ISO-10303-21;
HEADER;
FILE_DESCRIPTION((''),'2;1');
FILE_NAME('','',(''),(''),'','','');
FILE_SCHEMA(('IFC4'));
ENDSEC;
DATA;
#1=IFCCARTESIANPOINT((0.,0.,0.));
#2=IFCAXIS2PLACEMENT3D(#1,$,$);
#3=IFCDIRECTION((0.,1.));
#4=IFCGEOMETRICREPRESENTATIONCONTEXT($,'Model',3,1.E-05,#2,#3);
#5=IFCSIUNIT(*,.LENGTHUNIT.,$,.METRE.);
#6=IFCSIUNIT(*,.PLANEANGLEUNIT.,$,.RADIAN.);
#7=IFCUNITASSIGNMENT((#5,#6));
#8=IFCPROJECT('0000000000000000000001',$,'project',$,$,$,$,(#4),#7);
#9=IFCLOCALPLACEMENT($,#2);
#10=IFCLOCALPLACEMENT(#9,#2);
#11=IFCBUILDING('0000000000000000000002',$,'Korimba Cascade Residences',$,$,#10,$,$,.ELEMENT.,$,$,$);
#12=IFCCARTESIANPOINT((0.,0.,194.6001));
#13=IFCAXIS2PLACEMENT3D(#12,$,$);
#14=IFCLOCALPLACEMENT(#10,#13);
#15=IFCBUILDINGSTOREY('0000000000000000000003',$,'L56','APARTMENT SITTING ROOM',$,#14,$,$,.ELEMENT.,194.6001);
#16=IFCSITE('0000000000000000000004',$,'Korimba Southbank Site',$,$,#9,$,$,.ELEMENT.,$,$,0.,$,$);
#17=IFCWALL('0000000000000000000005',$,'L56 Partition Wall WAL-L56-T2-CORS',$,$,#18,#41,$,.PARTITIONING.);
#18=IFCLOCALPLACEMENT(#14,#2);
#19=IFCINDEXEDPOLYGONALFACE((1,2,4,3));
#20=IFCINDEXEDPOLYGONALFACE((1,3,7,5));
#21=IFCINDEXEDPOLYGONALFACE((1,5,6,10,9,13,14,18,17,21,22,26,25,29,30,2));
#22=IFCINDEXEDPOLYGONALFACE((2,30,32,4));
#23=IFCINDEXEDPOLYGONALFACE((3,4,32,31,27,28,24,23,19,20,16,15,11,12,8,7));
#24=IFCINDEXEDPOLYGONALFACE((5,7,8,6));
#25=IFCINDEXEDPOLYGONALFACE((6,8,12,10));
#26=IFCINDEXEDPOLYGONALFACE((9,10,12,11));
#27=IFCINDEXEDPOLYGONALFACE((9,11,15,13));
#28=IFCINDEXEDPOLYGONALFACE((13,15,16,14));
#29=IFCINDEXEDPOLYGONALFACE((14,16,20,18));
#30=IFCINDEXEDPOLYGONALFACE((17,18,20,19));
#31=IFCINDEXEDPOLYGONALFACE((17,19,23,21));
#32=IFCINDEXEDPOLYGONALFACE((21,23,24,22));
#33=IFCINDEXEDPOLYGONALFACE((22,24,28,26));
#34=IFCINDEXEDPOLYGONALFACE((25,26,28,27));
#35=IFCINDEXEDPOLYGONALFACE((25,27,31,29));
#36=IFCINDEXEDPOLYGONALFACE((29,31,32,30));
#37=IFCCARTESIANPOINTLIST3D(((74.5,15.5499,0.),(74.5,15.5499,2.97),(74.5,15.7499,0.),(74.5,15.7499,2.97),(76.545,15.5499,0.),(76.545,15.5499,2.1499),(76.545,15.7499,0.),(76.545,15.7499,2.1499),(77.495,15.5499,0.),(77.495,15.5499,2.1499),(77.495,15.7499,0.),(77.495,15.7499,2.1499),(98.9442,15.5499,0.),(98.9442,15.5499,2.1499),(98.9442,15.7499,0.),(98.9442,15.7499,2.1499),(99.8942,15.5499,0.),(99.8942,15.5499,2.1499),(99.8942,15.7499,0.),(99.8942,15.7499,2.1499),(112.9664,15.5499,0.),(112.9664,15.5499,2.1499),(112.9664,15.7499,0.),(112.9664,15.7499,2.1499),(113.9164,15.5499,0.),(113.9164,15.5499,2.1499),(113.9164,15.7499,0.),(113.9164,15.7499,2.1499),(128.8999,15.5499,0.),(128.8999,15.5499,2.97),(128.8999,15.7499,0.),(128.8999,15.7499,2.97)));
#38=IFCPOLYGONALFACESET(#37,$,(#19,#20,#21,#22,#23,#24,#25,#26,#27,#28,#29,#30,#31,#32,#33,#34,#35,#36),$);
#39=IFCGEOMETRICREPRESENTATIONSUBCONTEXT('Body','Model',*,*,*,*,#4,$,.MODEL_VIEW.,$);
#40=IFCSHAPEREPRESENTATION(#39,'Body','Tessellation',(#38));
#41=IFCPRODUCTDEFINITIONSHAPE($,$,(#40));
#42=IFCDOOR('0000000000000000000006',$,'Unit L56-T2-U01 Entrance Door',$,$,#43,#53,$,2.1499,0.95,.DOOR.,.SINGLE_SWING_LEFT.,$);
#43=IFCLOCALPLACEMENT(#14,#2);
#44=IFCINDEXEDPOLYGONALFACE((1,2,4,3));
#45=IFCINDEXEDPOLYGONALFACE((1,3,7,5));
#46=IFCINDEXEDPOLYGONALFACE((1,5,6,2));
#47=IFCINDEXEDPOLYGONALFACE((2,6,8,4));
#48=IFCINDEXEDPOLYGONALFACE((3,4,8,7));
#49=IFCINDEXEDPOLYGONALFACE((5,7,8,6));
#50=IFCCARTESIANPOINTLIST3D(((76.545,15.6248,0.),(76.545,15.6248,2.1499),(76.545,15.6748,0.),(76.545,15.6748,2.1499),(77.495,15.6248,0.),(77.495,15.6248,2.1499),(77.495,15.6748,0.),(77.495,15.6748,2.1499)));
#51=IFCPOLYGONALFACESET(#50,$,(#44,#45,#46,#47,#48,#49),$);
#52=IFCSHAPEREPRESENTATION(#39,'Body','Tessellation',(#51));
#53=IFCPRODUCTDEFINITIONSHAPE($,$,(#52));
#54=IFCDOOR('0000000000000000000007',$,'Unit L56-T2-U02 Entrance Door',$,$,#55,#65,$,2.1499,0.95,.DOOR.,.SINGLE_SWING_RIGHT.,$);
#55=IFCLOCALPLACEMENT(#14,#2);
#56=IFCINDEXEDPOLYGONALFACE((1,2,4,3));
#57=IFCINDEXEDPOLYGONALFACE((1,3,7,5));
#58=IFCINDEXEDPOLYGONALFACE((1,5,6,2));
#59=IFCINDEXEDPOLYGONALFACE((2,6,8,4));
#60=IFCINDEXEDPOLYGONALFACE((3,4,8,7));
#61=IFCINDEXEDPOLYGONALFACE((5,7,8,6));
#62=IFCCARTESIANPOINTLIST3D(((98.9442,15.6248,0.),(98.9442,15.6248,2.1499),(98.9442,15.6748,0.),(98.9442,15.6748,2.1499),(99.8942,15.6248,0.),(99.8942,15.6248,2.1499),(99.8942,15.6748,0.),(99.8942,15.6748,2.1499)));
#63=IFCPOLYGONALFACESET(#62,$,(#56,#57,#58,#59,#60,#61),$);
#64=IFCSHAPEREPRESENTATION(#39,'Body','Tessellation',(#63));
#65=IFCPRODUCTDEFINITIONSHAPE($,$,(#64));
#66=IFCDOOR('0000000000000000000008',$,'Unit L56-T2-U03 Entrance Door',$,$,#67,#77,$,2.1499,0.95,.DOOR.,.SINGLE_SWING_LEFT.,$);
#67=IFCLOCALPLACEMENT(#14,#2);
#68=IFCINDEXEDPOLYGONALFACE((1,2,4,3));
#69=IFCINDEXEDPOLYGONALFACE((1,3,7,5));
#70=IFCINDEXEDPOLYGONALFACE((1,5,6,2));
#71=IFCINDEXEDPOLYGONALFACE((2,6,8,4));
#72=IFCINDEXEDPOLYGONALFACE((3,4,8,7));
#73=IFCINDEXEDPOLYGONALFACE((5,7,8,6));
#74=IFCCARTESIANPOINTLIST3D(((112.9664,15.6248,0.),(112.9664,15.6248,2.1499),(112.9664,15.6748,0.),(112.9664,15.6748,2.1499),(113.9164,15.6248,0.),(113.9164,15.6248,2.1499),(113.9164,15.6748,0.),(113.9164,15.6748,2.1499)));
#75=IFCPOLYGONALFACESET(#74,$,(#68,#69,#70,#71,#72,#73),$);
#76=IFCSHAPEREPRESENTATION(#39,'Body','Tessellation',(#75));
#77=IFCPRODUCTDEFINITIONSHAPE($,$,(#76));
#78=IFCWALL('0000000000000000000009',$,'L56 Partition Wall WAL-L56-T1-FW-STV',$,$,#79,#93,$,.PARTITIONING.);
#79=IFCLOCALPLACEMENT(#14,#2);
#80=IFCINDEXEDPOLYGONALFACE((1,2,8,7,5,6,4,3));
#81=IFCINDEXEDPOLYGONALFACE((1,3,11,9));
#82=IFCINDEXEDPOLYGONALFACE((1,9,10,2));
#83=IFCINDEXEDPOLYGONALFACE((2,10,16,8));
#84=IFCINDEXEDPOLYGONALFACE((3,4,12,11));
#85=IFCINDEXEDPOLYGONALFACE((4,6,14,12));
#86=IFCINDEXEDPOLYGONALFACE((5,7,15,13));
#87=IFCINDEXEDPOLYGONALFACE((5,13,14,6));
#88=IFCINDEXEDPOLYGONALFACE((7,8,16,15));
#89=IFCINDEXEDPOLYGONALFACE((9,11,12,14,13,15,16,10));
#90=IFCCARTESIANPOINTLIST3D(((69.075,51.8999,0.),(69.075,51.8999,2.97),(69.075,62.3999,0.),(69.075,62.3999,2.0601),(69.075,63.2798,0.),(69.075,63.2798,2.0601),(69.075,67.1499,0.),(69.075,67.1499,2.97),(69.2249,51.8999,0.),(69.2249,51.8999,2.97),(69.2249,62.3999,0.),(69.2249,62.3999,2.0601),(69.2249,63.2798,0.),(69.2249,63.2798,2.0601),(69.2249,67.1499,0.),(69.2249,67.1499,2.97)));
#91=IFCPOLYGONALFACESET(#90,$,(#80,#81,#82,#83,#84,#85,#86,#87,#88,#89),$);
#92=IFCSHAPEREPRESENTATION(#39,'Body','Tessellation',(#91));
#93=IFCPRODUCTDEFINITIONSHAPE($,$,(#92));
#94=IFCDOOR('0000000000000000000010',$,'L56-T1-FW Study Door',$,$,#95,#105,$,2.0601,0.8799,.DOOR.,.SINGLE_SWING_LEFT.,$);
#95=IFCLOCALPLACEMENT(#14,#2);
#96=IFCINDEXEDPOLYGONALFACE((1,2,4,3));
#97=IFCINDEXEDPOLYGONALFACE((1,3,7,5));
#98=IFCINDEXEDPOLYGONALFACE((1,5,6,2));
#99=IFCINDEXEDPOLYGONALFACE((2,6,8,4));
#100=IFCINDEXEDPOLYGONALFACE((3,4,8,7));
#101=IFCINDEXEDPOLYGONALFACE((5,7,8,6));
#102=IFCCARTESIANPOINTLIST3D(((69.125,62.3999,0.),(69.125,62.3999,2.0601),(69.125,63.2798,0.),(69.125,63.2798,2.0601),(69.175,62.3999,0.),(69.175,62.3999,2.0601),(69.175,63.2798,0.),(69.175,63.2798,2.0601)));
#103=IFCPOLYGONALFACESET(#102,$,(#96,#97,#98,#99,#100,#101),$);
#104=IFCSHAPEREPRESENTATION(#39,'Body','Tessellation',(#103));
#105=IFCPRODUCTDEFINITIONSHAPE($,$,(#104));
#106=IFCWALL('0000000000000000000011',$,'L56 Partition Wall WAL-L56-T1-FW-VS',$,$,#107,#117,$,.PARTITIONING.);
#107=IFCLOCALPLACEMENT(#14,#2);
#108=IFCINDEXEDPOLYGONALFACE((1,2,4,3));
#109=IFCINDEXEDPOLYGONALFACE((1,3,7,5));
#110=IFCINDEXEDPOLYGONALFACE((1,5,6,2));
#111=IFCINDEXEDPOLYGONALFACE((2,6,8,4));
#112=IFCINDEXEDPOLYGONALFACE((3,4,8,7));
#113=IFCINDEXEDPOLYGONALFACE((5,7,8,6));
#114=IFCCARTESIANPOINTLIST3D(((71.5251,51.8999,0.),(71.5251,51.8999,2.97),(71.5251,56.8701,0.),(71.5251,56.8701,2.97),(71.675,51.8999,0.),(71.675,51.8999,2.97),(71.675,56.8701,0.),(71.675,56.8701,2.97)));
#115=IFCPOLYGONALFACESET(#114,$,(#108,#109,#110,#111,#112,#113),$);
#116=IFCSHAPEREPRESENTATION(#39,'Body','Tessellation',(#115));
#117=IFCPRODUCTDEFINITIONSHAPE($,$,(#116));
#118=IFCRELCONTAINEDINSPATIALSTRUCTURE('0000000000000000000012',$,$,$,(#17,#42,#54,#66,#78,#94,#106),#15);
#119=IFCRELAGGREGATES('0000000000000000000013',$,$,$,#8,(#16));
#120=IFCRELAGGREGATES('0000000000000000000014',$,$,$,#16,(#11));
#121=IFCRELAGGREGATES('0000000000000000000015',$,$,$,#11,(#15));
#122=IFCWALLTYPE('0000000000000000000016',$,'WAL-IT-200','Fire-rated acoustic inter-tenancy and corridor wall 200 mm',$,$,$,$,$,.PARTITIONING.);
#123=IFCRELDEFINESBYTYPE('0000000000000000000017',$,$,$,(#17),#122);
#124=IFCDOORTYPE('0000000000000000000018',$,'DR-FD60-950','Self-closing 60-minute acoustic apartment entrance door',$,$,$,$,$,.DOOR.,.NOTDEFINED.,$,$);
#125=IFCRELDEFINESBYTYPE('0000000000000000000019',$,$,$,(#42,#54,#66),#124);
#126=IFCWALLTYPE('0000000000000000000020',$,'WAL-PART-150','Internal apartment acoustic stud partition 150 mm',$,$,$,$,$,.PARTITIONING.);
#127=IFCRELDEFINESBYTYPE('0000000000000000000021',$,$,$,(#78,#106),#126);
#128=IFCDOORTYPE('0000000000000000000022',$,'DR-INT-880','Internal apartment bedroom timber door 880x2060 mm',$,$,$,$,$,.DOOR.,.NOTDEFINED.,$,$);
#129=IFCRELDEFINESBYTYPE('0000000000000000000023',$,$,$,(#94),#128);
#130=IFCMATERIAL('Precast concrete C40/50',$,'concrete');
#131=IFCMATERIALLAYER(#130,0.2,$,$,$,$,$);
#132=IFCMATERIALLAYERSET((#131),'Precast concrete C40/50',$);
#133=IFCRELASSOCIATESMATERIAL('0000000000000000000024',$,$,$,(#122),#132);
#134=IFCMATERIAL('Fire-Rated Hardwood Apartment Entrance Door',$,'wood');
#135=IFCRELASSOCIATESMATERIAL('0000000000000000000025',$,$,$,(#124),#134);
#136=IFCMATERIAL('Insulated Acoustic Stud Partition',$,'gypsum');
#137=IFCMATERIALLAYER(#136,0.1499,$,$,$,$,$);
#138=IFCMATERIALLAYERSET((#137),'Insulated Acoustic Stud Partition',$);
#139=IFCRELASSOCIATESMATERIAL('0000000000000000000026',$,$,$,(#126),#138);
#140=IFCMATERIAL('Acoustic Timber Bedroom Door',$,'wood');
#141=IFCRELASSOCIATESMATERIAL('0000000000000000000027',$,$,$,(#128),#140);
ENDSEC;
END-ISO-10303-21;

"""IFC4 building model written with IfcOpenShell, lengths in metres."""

from ifc_helpers import new_model, si_unit, direction, frame, frame_2d, origin, place, context, subcontext, project, spatial, rectangle, extrude, material, layer, layer_set, type_object, element, fill, save


model = new_model("IFC4")

# Units and contexts
model_context = context("Model", 3, precision=1e-05, world=origin(), true_north=direction((0.0, 1.0)))
body_context = subcontext(model_context, "Body", "Model", "MODEL_VIEW")
ifc_project = project(units=[si_unit("LENGTHUNIT", "METRE"), si_unit("PLANEANGLEUNIT", "RADIAN")], contexts=[model_context])

# Site, building, storey
site_placement = place(None, origin())
site = spatial("IfcSite", under=ifc_project, at=site_placement, Name="Korimba Southbank Site", CompositionType="ELEMENT", RefElevation=0.0)
building_placement = place(site_placement, origin())
building = spatial("IfcBuilding", under=site, at=building_placement, Name="Korimba Cascade Residences", CompositionType="ELEMENT")
storey_placement = place(building_placement, frame((0.0, 0.0, 194.6001)))
storey = spatial("IfcBuildingStorey", under=building, at=storey_placement, Name="L56", Description="APARTMENT SITTING ROOM", CompositionType="ELEMENT", Elevation=194.6001)

# Shared definitions
ifc_material_1 = material(Name="Precast concrete C40/50", Category="concrete")

# Wall, openings, doors
ifc_layer_1 = layer(ifc_material_1, 0.2)
ifc_layer_set_1 = layer_set([ifc_layer_1], Name="Precast concrete C40/50")
wall_type_1 = type_object("IfcWallType", Name="WAL-IT-200", Description="Fire-rated acoustic inter-tenancy and corridor wall 200 mm", PredefinedType="PARTITIONING", material=ifc_layer_set_1)
wall_1_placement = place(storey_placement, frame((74.5, 15.6499, 0.0), z_axis=(0.0, 0.0, 1.0), x_axis=(1.0, 0.0, 0.0)))
wall_1 = element("IfcWall", 1, at=wall_1_placement, inside=storey, type_object=wall_type_1, Name="L56 Partition Wall WAL-L56-T2-CORS", PredefinedType="PARTITIONING", context=body_context, shape_type="SweptSolid", body=[
    extrude(rectangle(XDim=54.3999, YDim=0.2, at=frame_2d((27.2, 0.0))), origin(), (0.0, 0.0, 1.0), 2.97),
])
opening_1_placement = place(wall_1_placement, frame((2.0449, 0.0, 0.0)))
opening_1 = element("IfcOpeningElement", 2, at=opening_1_placement, cuts=wall_1, PredefinedType="OPENING", context=body_context, shape_type="SweptSolid", body=[
    extrude(rectangle(XDim=0.95, YDim=2.1499, at=frame_2d((0.4751, 1.075))), frame((0.0, 0.1099, 0.0), z_axis=(0.0, -1.0, 0.0), x_axis=(1.0, 0.0, 0.0)), (0.0, 0.0, 1.0), 0.22),
])
opening_2_placement = place(wall_1_placement, frame((24.4441, 0.0, 0.0)))
opening_2 = element("IfcOpeningElement", 3, at=opening_2_placement, cuts=wall_1, PredefinedType="OPENING", context=body_context, shape_type="SweptSolid", body=[
    extrude(rectangle(XDim=0.95, YDim=2.1499, at=frame_2d((0.4751, 1.075))), frame((0.0, 0.1099, 0.0), z_axis=(0.0, -1.0, 0.0), x_axis=(1.0, 0.0, 0.0)), (0.0, 0.0, 1.0), 0.22),
])
opening_3_placement = place(wall_1_placement, frame((38.4663, 0.0, 0.0)))
opening_3 = element("IfcOpeningElement", 4, at=opening_3_placement, cuts=wall_1, PredefinedType="OPENING", context=body_context, shape_type="SweptSolid", body=[
    extrude(rectangle(XDim=0.95, YDim=2.1499, at=frame_2d((0.4751, 1.075))), frame((0.0, 0.1099, 0.0), z_axis=(0.0, -1.0, 0.0), x_axis=(1.0, 0.0, 0.0)), (0.0, 0.0, 1.0), 0.22),
])
ifc_material_2 = material(Name="Fire-Rated Hardwood Apartment Entrance Door", Category="wood")
door_type_1 = type_object("IfcDoorType", Name="DR-FD60-950", Description="Self-closing 60-minute acoustic apartment entrance door", OperationType="NOTDEFINED", PredefinedType="DOOR", material=ifc_material_2)
door_1_placement = place(opening_1_placement, origin())
door_1 = element("IfcDoor", 5, at=door_1_placement, inside=storey, type_object=door_type_1, Name="Unit L56-T2-U01 Entrance Door", OperationType="SINGLE_SWING_LEFT", OverallHeight=2.1499, OverallWidth=0.95, PredefinedType="DOOR", context=body_context, shape_type="SweptSolid", body=[
    extrude(rectangle(XDim=0.95, YDim=2.1499, at=frame_2d((0.4751, 1.075))), frame((0.0, 0.0249, 0.0), z_axis=(0.0, -1.0, 0.0), x_axis=(1.0, 0.0, 0.0)), (0.0, 0.0, 1.0), 0.05),
])
fill(opening_1, door_1)
door_2_placement = place(opening_2_placement, origin())
door_2 = element("IfcDoor", 6, at=door_2_placement, inside=storey, type_object=door_type_1, Name="Unit L56-T2-U02 Entrance Door", OperationType="SINGLE_SWING_RIGHT", OverallHeight=2.1499, OverallWidth=0.95, PredefinedType="DOOR", context=body_context, shape_type="SweptSolid", body=[
    extrude(rectangle(XDim=0.95, YDim=2.1499, at=frame_2d((0.4751, 1.075))), frame((0.0, 0.0249, 0.0), z_axis=(0.0, -1.0, 0.0), x_axis=(1.0, 0.0, 0.0)), (0.0, 0.0, 1.0), 0.05),
])
fill(opening_2, door_2)
door_3_placement = place(opening_3_placement, origin())
door_3 = element("IfcDoor", 7, at=door_3_placement, inside=storey, type_object=door_type_1, Name="Unit L56-T2-U03 Entrance Door", OperationType="SINGLE_SWING_LEFT", OverallHeight=2.1499, OverallWidth=0.95, PredefinedType="DOOR", context=body_context, shape_type="SweptSolid", body=[
    extrude(rectangle(XDim=0.95, YDim=2.1499, at=frame_2d((0.4751, 1.075))), frame((0.0, 0.0249, 0.0), z_axis=(0.0, -1.0, 0.0), x_axis=(1.0, 0.0, 0.0)), (0.0, 0.0, 1.0), 0.05),
])
fill(opening_3, door_3)

# Wall, opening, door
ifc_material_3 = material(Name="Insulated Acoustic Stud Partition", Category="gypsum")
ifc_layer_2 = layer(ifc_material_3, 0.1499)
ifc_layer_set_2 = layer_set([ifc_layer_2], Name="Insulated Acoustic Stud Partition")
wall_type_2 = type_object("IfcWallType", Name="WAL-PART-150", Description="Internal apartment acoustic stud partition 150 mm", PredefinedType="PARTITIONING", material=ifc_layer_set_2)
wall_2_placement = place(storey_placement, frame((69.1499, 51.8999, 0.0), z_axis=(0.0, 0.0, 1.0), x_axis=(0.0, 1.0, 0.0)))
wall_2 = element("IfcWall", 8, at=wall_2_placement, inside=storey, type_object=wall_type_2, Name="L56 Partition Wall WAL-L56-T1-FW-STV", PredefinedType="PARTITIONING", context=body_context, shape_type="SweptSolid", body=[
    extrude(rectangle(XDim=15.25, YDim=0.1499, at=frame_2d((7.625, 0.0))), origin(), (0.0, 0.0, 1.0), 2.97),
])
opening_4_placement = place(wall_2_placement, frame((10.5, 0.0, 0.0)))
opening_4 = element("IfcOpeningElement", 9, at=opening_4_placement, cuts=wall_2, PredefinedType="OPENING", context=body_context, shape_type="SweptSolid", body=[
    extrude(rectangle(XDim=0.8799, YDim=2.0601, at=frame_2d((0.4399, 1.03))), frame((0.0, 0.085, 0.0), z_axis=(0.0, -1.0, 0.0), x_axis=(1.0, 0.0, 0.0)), (0.0, 0.0, 1.0), 0.1699),
])
ifc_material_4 = material(Name="Acoustic Timber Bedroom Door", Category="wood")
door_type_2 = type_object("IfcDoorType", Name="DR-INT-880", Description="Internal apartment bedroom timber door 880x2060 mm", OperationType="NOTDEFINED", PredefinedType="DOOR", material=ifc_material_4)
door_4_placement = place(opening_4_placement, origin())
door_4 = element("IfcDoor", 10, at=door_4_placement, inside=storey, type_object=door_type_2, Name="L56-T1-FW Study Door", OperationType="SINGLE_SWING_LEFT", OverallHeight=2.0601, OverallWidth=0.8799, PredefinedType="DOOR", context=body_context, shape_type="SweptSolid", body=[
    extrude(rectangle(XDim=0.8799, YDim=2.0601, at=frame_2d((0.4399, 1.03))), frame((0.0, 0.0249, 0.0), z_axis=(0.0, -1.0, 0.0), x_axis=(1.0, 0.0, 0.0)), (0.0, 0.0, 1.0), 0.05),
])
fill(opening_4, door_4)

# Wall
wall_3_placement = place(storey_placement, frame((71.6001, 51.8999, 0.0), z_axis=(0.0, 0.0, 1.0), x_axis=(0.0, 1.0, 0.0)))
element("IfcWall", 11, at=wall_3_placement, inside=storey, type_object=wall_type_2, Name="L56 Partition Wall WAL-L56-T1-FW-VS", PredefinedType="PARTITIONING", context=body_context, shape_type="SweptSolid", body=[
    extrude(rectangle(XDim=4.9702, YDim=0.1499, at=frame_2d((2.4851, 0.0))), origin(), (0.0, 0.0, 1.0), 2.97),
])

save(model, "model.ifc")
